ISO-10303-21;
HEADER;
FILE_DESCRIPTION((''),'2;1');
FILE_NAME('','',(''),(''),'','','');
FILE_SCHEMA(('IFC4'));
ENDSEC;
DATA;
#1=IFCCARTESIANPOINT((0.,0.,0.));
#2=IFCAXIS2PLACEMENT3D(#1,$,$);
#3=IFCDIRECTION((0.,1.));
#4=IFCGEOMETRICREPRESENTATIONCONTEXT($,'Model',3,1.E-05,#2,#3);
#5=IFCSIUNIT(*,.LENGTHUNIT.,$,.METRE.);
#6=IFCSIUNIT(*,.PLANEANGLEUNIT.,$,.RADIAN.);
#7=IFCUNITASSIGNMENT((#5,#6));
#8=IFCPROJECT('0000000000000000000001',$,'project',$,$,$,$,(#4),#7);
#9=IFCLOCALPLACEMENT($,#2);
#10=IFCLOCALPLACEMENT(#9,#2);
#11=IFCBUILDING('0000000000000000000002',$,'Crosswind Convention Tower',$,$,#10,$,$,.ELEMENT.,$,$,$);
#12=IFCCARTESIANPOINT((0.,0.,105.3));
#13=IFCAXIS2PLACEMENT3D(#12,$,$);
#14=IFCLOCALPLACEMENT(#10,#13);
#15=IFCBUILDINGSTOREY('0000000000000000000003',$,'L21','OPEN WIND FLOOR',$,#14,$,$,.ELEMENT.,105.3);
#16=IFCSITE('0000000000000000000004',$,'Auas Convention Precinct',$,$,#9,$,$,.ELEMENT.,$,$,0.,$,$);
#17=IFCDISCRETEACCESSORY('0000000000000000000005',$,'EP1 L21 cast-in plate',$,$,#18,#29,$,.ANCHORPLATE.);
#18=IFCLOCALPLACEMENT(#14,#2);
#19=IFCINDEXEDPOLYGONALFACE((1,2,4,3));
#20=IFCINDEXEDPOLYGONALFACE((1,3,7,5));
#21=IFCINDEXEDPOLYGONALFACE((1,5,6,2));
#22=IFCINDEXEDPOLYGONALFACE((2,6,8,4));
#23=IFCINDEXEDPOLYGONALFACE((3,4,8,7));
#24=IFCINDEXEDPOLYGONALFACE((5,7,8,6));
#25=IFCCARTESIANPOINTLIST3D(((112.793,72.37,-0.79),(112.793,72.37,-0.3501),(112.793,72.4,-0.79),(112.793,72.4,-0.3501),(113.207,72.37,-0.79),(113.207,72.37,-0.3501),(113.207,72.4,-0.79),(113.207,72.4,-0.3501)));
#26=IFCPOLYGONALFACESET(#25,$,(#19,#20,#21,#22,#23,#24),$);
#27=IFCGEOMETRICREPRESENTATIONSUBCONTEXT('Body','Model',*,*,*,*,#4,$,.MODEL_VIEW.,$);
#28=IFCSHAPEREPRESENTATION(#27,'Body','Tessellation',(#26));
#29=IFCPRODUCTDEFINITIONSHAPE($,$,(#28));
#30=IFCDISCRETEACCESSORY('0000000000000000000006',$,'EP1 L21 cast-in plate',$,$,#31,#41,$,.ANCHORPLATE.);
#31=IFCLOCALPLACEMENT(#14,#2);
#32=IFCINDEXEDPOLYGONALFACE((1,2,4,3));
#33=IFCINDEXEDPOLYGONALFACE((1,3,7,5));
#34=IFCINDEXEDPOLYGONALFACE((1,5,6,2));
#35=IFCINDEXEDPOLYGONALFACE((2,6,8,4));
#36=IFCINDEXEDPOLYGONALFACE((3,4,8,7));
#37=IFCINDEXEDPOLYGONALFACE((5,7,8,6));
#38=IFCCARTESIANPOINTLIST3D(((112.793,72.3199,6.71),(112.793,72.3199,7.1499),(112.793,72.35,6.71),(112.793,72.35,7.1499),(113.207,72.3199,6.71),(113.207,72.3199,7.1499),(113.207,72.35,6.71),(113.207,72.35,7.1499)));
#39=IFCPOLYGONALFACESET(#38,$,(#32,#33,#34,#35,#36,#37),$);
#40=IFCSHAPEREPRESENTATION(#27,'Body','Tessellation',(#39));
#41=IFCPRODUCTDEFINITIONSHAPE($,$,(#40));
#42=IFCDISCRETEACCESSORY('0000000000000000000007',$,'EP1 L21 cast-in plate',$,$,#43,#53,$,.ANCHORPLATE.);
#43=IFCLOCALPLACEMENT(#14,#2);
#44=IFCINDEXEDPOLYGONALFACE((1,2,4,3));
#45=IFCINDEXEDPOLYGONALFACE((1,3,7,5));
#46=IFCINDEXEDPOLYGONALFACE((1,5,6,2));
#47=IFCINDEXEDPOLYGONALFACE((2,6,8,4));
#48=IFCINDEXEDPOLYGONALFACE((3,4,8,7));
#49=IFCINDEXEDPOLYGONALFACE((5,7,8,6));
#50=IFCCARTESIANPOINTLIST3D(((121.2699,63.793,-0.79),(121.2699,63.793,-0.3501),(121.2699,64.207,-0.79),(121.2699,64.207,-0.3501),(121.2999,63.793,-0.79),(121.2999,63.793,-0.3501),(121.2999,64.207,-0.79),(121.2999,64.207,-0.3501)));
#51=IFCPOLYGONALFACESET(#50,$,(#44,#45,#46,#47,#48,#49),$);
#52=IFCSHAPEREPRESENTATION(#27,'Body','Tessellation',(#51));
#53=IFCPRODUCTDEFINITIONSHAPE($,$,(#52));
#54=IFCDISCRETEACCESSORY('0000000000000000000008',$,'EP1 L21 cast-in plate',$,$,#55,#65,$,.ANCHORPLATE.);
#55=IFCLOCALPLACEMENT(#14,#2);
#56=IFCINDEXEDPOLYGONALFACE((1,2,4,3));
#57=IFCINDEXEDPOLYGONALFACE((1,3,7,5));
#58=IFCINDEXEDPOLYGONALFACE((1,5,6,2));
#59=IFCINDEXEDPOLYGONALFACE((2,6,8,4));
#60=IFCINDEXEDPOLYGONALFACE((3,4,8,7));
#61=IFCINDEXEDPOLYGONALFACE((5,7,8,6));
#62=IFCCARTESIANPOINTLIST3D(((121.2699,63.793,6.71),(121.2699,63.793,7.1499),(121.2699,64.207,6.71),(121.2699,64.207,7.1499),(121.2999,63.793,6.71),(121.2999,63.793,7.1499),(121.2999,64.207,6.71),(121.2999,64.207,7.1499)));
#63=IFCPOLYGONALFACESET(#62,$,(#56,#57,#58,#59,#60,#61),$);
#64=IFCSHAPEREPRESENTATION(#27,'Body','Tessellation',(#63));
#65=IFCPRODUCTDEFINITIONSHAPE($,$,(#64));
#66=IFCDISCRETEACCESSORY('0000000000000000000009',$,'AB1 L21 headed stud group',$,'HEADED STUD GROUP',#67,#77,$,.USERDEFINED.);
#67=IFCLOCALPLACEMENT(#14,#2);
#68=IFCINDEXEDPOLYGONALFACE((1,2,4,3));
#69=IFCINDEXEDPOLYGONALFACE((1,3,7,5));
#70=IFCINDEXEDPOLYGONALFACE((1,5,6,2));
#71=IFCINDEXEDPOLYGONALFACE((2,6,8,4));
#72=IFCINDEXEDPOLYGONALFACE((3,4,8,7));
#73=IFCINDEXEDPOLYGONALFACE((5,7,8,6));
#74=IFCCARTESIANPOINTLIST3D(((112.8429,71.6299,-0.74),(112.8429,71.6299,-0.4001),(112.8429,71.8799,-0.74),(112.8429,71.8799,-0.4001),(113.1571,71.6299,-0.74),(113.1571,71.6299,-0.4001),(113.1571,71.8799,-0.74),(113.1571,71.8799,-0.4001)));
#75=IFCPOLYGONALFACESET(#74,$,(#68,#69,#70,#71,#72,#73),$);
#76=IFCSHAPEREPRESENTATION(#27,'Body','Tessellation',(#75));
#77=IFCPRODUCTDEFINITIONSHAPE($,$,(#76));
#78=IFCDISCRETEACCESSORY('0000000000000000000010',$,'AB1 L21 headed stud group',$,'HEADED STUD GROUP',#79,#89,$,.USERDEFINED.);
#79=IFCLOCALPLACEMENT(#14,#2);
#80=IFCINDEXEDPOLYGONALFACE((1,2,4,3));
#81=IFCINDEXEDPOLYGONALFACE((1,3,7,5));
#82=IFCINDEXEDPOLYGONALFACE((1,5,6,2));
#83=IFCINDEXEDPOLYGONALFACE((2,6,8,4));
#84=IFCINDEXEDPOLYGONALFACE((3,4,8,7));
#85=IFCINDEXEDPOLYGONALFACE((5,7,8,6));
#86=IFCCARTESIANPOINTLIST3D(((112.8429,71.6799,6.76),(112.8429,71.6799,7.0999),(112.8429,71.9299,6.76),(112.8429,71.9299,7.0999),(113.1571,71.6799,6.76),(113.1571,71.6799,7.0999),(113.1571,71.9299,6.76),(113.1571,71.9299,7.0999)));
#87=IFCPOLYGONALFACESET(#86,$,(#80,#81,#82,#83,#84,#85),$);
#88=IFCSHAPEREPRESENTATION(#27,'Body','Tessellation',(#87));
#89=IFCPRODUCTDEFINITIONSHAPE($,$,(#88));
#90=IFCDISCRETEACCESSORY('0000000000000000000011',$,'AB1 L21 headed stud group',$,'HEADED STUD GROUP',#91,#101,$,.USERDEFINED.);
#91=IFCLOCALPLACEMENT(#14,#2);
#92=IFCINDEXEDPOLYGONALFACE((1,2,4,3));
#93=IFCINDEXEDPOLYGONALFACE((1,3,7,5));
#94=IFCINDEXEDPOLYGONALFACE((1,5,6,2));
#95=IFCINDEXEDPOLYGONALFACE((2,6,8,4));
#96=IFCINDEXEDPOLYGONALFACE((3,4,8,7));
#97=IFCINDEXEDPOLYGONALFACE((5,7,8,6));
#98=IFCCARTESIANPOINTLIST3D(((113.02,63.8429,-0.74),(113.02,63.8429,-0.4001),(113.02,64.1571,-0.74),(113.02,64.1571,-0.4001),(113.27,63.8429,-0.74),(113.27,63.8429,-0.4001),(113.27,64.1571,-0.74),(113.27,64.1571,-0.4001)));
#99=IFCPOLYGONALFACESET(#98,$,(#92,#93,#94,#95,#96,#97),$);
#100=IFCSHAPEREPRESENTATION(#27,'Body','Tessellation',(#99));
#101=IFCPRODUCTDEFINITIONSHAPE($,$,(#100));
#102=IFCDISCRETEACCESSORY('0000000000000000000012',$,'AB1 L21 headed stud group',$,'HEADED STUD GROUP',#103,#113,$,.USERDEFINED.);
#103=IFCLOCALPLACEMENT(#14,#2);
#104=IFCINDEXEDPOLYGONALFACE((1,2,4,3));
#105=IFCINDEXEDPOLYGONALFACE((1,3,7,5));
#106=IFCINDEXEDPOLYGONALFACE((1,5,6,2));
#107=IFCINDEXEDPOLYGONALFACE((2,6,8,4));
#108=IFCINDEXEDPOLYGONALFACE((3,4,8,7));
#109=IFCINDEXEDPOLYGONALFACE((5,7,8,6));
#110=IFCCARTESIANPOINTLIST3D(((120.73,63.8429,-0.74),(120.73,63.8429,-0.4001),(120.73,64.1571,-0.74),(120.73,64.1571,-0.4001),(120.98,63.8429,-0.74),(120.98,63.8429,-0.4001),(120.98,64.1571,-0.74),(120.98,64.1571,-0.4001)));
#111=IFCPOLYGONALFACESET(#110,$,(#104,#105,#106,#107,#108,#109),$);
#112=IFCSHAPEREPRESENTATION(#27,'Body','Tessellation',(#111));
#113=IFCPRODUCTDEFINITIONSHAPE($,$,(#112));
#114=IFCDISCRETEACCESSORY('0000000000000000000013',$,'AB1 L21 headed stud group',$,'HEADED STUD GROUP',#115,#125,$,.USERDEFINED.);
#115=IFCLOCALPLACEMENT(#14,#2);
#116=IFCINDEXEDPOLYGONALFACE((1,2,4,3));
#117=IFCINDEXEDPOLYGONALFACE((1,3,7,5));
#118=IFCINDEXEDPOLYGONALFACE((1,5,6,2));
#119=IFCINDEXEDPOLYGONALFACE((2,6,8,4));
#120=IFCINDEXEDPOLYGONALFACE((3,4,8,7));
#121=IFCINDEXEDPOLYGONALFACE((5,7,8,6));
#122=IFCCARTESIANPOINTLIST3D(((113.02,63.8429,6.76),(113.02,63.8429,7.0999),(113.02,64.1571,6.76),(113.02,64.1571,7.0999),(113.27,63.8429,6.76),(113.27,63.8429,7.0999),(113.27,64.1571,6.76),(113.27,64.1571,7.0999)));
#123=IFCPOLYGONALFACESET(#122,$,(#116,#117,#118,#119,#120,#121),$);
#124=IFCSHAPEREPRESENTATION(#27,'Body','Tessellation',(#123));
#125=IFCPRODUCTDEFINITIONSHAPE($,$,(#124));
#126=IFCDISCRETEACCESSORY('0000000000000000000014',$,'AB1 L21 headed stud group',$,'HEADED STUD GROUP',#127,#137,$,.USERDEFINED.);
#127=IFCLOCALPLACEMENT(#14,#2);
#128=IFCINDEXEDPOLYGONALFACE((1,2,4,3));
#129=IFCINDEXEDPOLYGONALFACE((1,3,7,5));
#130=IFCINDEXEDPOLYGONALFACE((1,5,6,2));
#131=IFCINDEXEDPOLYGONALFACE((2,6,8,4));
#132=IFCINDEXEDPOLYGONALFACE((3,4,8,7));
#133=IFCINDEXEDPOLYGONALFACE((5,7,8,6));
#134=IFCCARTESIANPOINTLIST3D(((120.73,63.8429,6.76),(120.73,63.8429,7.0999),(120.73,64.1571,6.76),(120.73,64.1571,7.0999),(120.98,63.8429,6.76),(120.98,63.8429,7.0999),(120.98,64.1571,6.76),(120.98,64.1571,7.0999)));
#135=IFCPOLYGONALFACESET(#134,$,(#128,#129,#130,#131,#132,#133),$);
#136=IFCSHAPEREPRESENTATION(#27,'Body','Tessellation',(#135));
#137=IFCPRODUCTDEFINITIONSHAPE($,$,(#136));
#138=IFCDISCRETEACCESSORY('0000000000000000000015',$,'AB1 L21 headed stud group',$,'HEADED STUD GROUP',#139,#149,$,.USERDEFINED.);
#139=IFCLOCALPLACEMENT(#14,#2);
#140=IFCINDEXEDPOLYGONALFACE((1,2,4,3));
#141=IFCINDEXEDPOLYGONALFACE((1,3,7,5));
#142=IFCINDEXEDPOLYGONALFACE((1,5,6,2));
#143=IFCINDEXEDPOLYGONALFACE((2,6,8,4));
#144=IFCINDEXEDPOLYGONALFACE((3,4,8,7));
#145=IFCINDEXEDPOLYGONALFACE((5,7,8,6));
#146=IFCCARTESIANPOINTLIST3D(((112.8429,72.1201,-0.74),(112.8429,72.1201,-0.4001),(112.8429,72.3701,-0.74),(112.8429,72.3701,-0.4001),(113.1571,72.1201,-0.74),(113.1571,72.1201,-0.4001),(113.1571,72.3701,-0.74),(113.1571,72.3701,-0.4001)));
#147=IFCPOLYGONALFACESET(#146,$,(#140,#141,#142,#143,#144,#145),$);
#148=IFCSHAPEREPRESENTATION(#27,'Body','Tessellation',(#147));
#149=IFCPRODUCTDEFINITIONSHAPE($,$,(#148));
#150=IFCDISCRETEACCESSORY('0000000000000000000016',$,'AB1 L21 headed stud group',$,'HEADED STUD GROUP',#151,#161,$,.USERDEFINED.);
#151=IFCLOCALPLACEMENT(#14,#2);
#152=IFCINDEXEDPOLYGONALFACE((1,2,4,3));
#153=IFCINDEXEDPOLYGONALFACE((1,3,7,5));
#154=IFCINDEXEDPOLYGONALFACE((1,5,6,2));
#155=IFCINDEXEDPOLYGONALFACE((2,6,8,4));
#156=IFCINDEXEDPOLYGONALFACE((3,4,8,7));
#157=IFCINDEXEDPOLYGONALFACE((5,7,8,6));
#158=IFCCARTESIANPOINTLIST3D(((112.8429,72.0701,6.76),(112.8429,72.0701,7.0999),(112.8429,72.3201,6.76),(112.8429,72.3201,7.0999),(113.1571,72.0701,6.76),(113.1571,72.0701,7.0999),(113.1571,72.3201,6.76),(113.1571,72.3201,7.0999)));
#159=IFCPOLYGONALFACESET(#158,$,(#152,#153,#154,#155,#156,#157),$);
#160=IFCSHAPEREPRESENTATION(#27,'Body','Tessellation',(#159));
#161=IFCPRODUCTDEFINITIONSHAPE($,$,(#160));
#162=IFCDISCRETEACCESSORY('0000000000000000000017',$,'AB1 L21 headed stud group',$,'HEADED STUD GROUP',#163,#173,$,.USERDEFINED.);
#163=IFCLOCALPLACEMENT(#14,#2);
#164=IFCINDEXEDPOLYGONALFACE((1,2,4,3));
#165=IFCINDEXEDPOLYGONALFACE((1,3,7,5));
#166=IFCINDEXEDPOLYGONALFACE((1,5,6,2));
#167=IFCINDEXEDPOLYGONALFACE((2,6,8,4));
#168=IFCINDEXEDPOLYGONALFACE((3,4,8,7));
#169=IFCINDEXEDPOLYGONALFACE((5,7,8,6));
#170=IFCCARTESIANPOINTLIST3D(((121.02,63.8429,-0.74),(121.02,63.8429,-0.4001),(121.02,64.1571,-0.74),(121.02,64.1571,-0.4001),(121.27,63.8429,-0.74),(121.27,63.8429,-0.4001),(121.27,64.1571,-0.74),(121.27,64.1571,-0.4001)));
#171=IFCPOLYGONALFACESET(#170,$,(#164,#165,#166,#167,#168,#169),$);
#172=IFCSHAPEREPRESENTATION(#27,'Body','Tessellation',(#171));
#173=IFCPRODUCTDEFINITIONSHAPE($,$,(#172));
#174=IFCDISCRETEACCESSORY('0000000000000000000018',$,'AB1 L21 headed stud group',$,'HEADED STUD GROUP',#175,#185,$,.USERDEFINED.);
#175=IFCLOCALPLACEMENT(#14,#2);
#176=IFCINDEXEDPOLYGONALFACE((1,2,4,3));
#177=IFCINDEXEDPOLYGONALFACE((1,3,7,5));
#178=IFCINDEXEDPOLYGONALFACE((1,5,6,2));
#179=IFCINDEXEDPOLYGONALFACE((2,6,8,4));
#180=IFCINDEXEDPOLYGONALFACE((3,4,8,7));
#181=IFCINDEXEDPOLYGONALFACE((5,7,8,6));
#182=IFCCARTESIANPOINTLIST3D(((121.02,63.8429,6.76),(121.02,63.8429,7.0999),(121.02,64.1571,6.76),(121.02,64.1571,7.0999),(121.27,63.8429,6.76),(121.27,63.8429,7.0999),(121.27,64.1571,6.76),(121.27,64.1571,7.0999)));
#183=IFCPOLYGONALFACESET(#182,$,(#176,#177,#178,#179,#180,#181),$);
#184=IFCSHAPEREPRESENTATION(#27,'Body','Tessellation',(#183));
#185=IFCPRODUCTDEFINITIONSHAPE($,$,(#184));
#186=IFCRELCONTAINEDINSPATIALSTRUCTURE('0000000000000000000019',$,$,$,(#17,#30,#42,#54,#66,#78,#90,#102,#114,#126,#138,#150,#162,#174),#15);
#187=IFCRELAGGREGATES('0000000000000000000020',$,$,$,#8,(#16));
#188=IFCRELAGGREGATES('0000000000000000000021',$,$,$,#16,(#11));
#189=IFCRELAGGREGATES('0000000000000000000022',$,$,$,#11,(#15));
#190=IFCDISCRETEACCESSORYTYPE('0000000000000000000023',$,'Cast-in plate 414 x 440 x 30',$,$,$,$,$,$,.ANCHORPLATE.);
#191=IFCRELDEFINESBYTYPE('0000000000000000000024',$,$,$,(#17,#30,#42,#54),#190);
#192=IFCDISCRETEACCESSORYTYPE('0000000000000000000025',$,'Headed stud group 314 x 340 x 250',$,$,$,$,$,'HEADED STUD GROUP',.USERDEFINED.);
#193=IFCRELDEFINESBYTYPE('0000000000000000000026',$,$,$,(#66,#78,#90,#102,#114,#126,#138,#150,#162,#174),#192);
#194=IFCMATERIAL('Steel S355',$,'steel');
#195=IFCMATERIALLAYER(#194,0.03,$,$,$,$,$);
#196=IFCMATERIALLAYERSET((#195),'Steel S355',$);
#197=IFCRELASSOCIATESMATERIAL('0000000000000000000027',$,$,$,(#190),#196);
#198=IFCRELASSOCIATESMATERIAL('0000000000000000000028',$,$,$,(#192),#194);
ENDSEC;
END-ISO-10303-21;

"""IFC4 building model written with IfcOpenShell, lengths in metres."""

from ifc_helpers import new_model, si_unit, direction, frame, origin, origin_2d, place, context, subcontext, project, spatial, rectangle, extrude, material, layer, layer_set, type_object, element, save


model = new_model("IFC4")

# Units and contexts
model_context = context("Model", 3, precision=1e-05, world=origin(), true_north=direction((0.0, 1.0)))
body_context = subcontext(model_context, "Body", "Model", "MODEL_VIEW")
ifc_project = project(units=[si_unit("LENGTHUNIT", "METRE"), si_unit("PLANEANGLEUNIT", "RADIAN")], contexts=[model_context])

# Site, building, storey
site_placement = place(None, origin())
site = spatial("IfcSite", under=ifc_project, at=site_placement, Name="Auas Convention Precinct", CompositionType="ELEMENT", RefElevation=0.0)
building_placement = place(site_placement, origin())
building = spatial("IfcBuilding", under=site, at=building_placement, Name="Crosswind Convention Tower", CompositionType="ELEMENT")
storey_placement = place(building_placement, frame((0.0, 0.0, 105.3)))
storey = spatial("IfcBuildingStorey", under=building, at=storey_placement, Name="L21", Description="OPEN WIND FLOOR", CompositionType="ELEMENT", Elevation=105.3)

# Shared definitions
ifc_material_1 = material(Name="Steel S355", Category="steel")

# Discrete accessories
ifc_layer = layer(ifc_material_1, 0.03)
ifc_layer_set = layer_set([ifc_layer], Name="Steel S355")
discrete_accessory_type_1 = type_object("IfcDiscreteAccessoryType", Name="Cast-in plate 414 x 440 x 30", PredefinedType="ANCHORPLATE", material=ifc_layer_set)
for number, where, z_axis, x_axis, name in (
    (1, (113.0, 72.385, -0.79), (0.0, 0.0, 1.0), (1.0, 0.0, 0.0), "EP1 L21 cast-in plate"),
    (2, (113.0, 72.335, 6.71), (0.0, 0.0, 1.0), (1.0, 0.0, 0.0), "EP1 L21 cast-in plate"),
):
    element("IfcDiscreteAccessory", number, at=place(storey_placement, frame(where, z_axis=z_axis, x_axis=x_axis)), inside=storey, type_object=discrete_accessory_type_1, Name=name, PredefinedType="ANCHORPLATE", context=body_context, shape_type="SweptSolid", body=[
        extrude(rectangle(XDim=0.4141, YDim=0.03, at=origin_2d()), origin(), (0.0, 0.0, 1.0), 0.4399),
    ])
for number, where, z_axis, x_axis, name in (
    (3, (121.2849, 64.0, -0.79), (0.0, 0.0, 1.0), (1.0, 0.0, 0.0), "EP1 L21 cast-in plate"),
    (4, (121.2849, 64.0, 6.71), (0.0, 0.0, 1.0), (1.0, 0.0, 0.0), "EP1 L21 cast-in plate"),
):
    element("IfcDiscreteAccessory", number, at=place(storey_placement, frame(where, z_axis=z_axis, x_axis=x_axis)), inside=storey, type_object=discrete_accessory_type_1, Name=name, PredefinedType="ANCHORPLATE", context=body_context, shape_type="SweptSolid", body=[
        extrude(rectangle(XDim=0.03, YDim=0.4141, at=origin_2d()), origin(), (0.0, 0.0, 1.0), 0.4399),
    ])
discrete_accessory_type_2 = type_object("IfcDiscreteAccessoryType", Name="Headed stud group 314 x 340 x 250", ElementType="HEADED STUD GROUP", PredefinedType="USERDEFINED", material=ifc_material_1)
for number, where, z_axis, x_axis, name in (
    (5, (113.0, 71.7549, -0.74), (0.0, 0.0, 1.0), (1.0, 0.0, 0.0), "AB1 L21 headed stud group"),
    (6, (113.0, 71.8049, 6.76), (0.0, 0.0, 1.0), (1.0, 0.0, 0.0), "AB1 L21 headed stud group"),
):
    element("IfcDiscreteAccessory", number, at=place(storey_placement, frame(where, z_axis=z_axis, x_axis=x_axis)), inside=storey, type_object=discrete_accessory_type_2, Name=name, ObjectType="HEADED STUD GROUP", PredefinedType="USERDEFINED", context=body_context, shape_type="SweptSolid", body=[
        extrude(rectangle(XDim=0.3142, YDim=0.25, at=origin_2d()), origin(), (0.0, 0.0, 1.0), 0.3398),
    ])
for number, where, z_axis, x_axis, name in (
    (7, (113.145, 64.0, -0.74), (0.0, 0.0, 1.0), (1.0, 0.0, 0.0), "AB1 L21 headed stud group"),
    (8, (120.855, 64.0, -0.74), (0.0, 0.0, 1.0), (1.0, 0.0, 0.0), "AB1 L21 headed stud group"),
    (9, (113.145, 64.0, 6.76), (0.0, 0.0, 1.0), (1.0, 0.0, 0.0), "AB1 L21 headed stud group"),
    (10, (120.855, 64.0, 6.76), (0.0, 0.0, 1.0), (1.0, 0.0, 0.0), "AB1 L21 headed stud group"),
):
    element("IfcDiscreteAccessory", number, at=place(storey_placement, frame(where, z_axis=z_axis, x_axis=x_axis)), inside=storey, type_object=discrete_accessory_type_2, Name=name, ObjectType="HEADED STUD GROUP", PredefinedType="USERDEFINED", context=body_context, shape_type="SweptSolid", body=[
        extrude(rectangle(XDim=0.25, YDim=0.3142, at=origin_2d()), origin(), (0.0, 0.0, 1.0), 0.3398),
    ])
for number, where, z_axis, x_axis, name in (
    (11, (113.0, 72.2451, -0.74), (0.0, 0.0, 1.0), (1.0, 0.0, 0.0), "AB1 L21 headed stud group"),
    (12, (113.0, 72.1951, 6.76), (0.0, 0.0, 1.0), (1.0, 0.0, 0.0), "AB1 L21 headed stud group"),
):
    element("IfcDiscreteAccessory", number, at=place(storey_placement, frame(where, z_axis=z_axis, x_axis=x_axis)), inside=storey, type_object=discrete_accessory_type_2, Name=name, ObjectType="HEADED STUD GROUP", PredefinedType="USERDEFINED", context=body_context, shape_type="SweptSolid", body=[
        extrude(rectangle(XDim=0.3142, YDim=0.25, at=origin_2d()), origin(), (0.0, 0.0, 1.0), 0.3398),
    ])
for number, where, z_axis, x_axis, name in (
    (13, (121.145, 64.0, -0.74), (0.0, 0.0, 1.0), (1.0, 0.0, 0.0), "AB1 L21 headed stud group"),
    (14, (121.145, 64.0, 6.76), (0.0, 0.0, 1.0), (1.0, 0.0, 0.0), "AB1 L21 headed stud group"),
):
    element("IfcDiscreteAccessory", number, at=place(storey_placement, frame(where, z_axis=z_axis, x_axis=x_axis)), inside=storey, type_object=discrete_accessory_type_2, Name=name, ObjectType="HEADED STUD GROUP", PredefinedType="USERDEFINED", context=body_context, shape_type="SweptSolid", body=[
        extrude(rectangle(XDim=0.25, YDim=0.3142, at=origin_2d()), origin(), (0.0, 0.0, 1.0), 0.3398),
    ])

save(model, "model.ifc")
